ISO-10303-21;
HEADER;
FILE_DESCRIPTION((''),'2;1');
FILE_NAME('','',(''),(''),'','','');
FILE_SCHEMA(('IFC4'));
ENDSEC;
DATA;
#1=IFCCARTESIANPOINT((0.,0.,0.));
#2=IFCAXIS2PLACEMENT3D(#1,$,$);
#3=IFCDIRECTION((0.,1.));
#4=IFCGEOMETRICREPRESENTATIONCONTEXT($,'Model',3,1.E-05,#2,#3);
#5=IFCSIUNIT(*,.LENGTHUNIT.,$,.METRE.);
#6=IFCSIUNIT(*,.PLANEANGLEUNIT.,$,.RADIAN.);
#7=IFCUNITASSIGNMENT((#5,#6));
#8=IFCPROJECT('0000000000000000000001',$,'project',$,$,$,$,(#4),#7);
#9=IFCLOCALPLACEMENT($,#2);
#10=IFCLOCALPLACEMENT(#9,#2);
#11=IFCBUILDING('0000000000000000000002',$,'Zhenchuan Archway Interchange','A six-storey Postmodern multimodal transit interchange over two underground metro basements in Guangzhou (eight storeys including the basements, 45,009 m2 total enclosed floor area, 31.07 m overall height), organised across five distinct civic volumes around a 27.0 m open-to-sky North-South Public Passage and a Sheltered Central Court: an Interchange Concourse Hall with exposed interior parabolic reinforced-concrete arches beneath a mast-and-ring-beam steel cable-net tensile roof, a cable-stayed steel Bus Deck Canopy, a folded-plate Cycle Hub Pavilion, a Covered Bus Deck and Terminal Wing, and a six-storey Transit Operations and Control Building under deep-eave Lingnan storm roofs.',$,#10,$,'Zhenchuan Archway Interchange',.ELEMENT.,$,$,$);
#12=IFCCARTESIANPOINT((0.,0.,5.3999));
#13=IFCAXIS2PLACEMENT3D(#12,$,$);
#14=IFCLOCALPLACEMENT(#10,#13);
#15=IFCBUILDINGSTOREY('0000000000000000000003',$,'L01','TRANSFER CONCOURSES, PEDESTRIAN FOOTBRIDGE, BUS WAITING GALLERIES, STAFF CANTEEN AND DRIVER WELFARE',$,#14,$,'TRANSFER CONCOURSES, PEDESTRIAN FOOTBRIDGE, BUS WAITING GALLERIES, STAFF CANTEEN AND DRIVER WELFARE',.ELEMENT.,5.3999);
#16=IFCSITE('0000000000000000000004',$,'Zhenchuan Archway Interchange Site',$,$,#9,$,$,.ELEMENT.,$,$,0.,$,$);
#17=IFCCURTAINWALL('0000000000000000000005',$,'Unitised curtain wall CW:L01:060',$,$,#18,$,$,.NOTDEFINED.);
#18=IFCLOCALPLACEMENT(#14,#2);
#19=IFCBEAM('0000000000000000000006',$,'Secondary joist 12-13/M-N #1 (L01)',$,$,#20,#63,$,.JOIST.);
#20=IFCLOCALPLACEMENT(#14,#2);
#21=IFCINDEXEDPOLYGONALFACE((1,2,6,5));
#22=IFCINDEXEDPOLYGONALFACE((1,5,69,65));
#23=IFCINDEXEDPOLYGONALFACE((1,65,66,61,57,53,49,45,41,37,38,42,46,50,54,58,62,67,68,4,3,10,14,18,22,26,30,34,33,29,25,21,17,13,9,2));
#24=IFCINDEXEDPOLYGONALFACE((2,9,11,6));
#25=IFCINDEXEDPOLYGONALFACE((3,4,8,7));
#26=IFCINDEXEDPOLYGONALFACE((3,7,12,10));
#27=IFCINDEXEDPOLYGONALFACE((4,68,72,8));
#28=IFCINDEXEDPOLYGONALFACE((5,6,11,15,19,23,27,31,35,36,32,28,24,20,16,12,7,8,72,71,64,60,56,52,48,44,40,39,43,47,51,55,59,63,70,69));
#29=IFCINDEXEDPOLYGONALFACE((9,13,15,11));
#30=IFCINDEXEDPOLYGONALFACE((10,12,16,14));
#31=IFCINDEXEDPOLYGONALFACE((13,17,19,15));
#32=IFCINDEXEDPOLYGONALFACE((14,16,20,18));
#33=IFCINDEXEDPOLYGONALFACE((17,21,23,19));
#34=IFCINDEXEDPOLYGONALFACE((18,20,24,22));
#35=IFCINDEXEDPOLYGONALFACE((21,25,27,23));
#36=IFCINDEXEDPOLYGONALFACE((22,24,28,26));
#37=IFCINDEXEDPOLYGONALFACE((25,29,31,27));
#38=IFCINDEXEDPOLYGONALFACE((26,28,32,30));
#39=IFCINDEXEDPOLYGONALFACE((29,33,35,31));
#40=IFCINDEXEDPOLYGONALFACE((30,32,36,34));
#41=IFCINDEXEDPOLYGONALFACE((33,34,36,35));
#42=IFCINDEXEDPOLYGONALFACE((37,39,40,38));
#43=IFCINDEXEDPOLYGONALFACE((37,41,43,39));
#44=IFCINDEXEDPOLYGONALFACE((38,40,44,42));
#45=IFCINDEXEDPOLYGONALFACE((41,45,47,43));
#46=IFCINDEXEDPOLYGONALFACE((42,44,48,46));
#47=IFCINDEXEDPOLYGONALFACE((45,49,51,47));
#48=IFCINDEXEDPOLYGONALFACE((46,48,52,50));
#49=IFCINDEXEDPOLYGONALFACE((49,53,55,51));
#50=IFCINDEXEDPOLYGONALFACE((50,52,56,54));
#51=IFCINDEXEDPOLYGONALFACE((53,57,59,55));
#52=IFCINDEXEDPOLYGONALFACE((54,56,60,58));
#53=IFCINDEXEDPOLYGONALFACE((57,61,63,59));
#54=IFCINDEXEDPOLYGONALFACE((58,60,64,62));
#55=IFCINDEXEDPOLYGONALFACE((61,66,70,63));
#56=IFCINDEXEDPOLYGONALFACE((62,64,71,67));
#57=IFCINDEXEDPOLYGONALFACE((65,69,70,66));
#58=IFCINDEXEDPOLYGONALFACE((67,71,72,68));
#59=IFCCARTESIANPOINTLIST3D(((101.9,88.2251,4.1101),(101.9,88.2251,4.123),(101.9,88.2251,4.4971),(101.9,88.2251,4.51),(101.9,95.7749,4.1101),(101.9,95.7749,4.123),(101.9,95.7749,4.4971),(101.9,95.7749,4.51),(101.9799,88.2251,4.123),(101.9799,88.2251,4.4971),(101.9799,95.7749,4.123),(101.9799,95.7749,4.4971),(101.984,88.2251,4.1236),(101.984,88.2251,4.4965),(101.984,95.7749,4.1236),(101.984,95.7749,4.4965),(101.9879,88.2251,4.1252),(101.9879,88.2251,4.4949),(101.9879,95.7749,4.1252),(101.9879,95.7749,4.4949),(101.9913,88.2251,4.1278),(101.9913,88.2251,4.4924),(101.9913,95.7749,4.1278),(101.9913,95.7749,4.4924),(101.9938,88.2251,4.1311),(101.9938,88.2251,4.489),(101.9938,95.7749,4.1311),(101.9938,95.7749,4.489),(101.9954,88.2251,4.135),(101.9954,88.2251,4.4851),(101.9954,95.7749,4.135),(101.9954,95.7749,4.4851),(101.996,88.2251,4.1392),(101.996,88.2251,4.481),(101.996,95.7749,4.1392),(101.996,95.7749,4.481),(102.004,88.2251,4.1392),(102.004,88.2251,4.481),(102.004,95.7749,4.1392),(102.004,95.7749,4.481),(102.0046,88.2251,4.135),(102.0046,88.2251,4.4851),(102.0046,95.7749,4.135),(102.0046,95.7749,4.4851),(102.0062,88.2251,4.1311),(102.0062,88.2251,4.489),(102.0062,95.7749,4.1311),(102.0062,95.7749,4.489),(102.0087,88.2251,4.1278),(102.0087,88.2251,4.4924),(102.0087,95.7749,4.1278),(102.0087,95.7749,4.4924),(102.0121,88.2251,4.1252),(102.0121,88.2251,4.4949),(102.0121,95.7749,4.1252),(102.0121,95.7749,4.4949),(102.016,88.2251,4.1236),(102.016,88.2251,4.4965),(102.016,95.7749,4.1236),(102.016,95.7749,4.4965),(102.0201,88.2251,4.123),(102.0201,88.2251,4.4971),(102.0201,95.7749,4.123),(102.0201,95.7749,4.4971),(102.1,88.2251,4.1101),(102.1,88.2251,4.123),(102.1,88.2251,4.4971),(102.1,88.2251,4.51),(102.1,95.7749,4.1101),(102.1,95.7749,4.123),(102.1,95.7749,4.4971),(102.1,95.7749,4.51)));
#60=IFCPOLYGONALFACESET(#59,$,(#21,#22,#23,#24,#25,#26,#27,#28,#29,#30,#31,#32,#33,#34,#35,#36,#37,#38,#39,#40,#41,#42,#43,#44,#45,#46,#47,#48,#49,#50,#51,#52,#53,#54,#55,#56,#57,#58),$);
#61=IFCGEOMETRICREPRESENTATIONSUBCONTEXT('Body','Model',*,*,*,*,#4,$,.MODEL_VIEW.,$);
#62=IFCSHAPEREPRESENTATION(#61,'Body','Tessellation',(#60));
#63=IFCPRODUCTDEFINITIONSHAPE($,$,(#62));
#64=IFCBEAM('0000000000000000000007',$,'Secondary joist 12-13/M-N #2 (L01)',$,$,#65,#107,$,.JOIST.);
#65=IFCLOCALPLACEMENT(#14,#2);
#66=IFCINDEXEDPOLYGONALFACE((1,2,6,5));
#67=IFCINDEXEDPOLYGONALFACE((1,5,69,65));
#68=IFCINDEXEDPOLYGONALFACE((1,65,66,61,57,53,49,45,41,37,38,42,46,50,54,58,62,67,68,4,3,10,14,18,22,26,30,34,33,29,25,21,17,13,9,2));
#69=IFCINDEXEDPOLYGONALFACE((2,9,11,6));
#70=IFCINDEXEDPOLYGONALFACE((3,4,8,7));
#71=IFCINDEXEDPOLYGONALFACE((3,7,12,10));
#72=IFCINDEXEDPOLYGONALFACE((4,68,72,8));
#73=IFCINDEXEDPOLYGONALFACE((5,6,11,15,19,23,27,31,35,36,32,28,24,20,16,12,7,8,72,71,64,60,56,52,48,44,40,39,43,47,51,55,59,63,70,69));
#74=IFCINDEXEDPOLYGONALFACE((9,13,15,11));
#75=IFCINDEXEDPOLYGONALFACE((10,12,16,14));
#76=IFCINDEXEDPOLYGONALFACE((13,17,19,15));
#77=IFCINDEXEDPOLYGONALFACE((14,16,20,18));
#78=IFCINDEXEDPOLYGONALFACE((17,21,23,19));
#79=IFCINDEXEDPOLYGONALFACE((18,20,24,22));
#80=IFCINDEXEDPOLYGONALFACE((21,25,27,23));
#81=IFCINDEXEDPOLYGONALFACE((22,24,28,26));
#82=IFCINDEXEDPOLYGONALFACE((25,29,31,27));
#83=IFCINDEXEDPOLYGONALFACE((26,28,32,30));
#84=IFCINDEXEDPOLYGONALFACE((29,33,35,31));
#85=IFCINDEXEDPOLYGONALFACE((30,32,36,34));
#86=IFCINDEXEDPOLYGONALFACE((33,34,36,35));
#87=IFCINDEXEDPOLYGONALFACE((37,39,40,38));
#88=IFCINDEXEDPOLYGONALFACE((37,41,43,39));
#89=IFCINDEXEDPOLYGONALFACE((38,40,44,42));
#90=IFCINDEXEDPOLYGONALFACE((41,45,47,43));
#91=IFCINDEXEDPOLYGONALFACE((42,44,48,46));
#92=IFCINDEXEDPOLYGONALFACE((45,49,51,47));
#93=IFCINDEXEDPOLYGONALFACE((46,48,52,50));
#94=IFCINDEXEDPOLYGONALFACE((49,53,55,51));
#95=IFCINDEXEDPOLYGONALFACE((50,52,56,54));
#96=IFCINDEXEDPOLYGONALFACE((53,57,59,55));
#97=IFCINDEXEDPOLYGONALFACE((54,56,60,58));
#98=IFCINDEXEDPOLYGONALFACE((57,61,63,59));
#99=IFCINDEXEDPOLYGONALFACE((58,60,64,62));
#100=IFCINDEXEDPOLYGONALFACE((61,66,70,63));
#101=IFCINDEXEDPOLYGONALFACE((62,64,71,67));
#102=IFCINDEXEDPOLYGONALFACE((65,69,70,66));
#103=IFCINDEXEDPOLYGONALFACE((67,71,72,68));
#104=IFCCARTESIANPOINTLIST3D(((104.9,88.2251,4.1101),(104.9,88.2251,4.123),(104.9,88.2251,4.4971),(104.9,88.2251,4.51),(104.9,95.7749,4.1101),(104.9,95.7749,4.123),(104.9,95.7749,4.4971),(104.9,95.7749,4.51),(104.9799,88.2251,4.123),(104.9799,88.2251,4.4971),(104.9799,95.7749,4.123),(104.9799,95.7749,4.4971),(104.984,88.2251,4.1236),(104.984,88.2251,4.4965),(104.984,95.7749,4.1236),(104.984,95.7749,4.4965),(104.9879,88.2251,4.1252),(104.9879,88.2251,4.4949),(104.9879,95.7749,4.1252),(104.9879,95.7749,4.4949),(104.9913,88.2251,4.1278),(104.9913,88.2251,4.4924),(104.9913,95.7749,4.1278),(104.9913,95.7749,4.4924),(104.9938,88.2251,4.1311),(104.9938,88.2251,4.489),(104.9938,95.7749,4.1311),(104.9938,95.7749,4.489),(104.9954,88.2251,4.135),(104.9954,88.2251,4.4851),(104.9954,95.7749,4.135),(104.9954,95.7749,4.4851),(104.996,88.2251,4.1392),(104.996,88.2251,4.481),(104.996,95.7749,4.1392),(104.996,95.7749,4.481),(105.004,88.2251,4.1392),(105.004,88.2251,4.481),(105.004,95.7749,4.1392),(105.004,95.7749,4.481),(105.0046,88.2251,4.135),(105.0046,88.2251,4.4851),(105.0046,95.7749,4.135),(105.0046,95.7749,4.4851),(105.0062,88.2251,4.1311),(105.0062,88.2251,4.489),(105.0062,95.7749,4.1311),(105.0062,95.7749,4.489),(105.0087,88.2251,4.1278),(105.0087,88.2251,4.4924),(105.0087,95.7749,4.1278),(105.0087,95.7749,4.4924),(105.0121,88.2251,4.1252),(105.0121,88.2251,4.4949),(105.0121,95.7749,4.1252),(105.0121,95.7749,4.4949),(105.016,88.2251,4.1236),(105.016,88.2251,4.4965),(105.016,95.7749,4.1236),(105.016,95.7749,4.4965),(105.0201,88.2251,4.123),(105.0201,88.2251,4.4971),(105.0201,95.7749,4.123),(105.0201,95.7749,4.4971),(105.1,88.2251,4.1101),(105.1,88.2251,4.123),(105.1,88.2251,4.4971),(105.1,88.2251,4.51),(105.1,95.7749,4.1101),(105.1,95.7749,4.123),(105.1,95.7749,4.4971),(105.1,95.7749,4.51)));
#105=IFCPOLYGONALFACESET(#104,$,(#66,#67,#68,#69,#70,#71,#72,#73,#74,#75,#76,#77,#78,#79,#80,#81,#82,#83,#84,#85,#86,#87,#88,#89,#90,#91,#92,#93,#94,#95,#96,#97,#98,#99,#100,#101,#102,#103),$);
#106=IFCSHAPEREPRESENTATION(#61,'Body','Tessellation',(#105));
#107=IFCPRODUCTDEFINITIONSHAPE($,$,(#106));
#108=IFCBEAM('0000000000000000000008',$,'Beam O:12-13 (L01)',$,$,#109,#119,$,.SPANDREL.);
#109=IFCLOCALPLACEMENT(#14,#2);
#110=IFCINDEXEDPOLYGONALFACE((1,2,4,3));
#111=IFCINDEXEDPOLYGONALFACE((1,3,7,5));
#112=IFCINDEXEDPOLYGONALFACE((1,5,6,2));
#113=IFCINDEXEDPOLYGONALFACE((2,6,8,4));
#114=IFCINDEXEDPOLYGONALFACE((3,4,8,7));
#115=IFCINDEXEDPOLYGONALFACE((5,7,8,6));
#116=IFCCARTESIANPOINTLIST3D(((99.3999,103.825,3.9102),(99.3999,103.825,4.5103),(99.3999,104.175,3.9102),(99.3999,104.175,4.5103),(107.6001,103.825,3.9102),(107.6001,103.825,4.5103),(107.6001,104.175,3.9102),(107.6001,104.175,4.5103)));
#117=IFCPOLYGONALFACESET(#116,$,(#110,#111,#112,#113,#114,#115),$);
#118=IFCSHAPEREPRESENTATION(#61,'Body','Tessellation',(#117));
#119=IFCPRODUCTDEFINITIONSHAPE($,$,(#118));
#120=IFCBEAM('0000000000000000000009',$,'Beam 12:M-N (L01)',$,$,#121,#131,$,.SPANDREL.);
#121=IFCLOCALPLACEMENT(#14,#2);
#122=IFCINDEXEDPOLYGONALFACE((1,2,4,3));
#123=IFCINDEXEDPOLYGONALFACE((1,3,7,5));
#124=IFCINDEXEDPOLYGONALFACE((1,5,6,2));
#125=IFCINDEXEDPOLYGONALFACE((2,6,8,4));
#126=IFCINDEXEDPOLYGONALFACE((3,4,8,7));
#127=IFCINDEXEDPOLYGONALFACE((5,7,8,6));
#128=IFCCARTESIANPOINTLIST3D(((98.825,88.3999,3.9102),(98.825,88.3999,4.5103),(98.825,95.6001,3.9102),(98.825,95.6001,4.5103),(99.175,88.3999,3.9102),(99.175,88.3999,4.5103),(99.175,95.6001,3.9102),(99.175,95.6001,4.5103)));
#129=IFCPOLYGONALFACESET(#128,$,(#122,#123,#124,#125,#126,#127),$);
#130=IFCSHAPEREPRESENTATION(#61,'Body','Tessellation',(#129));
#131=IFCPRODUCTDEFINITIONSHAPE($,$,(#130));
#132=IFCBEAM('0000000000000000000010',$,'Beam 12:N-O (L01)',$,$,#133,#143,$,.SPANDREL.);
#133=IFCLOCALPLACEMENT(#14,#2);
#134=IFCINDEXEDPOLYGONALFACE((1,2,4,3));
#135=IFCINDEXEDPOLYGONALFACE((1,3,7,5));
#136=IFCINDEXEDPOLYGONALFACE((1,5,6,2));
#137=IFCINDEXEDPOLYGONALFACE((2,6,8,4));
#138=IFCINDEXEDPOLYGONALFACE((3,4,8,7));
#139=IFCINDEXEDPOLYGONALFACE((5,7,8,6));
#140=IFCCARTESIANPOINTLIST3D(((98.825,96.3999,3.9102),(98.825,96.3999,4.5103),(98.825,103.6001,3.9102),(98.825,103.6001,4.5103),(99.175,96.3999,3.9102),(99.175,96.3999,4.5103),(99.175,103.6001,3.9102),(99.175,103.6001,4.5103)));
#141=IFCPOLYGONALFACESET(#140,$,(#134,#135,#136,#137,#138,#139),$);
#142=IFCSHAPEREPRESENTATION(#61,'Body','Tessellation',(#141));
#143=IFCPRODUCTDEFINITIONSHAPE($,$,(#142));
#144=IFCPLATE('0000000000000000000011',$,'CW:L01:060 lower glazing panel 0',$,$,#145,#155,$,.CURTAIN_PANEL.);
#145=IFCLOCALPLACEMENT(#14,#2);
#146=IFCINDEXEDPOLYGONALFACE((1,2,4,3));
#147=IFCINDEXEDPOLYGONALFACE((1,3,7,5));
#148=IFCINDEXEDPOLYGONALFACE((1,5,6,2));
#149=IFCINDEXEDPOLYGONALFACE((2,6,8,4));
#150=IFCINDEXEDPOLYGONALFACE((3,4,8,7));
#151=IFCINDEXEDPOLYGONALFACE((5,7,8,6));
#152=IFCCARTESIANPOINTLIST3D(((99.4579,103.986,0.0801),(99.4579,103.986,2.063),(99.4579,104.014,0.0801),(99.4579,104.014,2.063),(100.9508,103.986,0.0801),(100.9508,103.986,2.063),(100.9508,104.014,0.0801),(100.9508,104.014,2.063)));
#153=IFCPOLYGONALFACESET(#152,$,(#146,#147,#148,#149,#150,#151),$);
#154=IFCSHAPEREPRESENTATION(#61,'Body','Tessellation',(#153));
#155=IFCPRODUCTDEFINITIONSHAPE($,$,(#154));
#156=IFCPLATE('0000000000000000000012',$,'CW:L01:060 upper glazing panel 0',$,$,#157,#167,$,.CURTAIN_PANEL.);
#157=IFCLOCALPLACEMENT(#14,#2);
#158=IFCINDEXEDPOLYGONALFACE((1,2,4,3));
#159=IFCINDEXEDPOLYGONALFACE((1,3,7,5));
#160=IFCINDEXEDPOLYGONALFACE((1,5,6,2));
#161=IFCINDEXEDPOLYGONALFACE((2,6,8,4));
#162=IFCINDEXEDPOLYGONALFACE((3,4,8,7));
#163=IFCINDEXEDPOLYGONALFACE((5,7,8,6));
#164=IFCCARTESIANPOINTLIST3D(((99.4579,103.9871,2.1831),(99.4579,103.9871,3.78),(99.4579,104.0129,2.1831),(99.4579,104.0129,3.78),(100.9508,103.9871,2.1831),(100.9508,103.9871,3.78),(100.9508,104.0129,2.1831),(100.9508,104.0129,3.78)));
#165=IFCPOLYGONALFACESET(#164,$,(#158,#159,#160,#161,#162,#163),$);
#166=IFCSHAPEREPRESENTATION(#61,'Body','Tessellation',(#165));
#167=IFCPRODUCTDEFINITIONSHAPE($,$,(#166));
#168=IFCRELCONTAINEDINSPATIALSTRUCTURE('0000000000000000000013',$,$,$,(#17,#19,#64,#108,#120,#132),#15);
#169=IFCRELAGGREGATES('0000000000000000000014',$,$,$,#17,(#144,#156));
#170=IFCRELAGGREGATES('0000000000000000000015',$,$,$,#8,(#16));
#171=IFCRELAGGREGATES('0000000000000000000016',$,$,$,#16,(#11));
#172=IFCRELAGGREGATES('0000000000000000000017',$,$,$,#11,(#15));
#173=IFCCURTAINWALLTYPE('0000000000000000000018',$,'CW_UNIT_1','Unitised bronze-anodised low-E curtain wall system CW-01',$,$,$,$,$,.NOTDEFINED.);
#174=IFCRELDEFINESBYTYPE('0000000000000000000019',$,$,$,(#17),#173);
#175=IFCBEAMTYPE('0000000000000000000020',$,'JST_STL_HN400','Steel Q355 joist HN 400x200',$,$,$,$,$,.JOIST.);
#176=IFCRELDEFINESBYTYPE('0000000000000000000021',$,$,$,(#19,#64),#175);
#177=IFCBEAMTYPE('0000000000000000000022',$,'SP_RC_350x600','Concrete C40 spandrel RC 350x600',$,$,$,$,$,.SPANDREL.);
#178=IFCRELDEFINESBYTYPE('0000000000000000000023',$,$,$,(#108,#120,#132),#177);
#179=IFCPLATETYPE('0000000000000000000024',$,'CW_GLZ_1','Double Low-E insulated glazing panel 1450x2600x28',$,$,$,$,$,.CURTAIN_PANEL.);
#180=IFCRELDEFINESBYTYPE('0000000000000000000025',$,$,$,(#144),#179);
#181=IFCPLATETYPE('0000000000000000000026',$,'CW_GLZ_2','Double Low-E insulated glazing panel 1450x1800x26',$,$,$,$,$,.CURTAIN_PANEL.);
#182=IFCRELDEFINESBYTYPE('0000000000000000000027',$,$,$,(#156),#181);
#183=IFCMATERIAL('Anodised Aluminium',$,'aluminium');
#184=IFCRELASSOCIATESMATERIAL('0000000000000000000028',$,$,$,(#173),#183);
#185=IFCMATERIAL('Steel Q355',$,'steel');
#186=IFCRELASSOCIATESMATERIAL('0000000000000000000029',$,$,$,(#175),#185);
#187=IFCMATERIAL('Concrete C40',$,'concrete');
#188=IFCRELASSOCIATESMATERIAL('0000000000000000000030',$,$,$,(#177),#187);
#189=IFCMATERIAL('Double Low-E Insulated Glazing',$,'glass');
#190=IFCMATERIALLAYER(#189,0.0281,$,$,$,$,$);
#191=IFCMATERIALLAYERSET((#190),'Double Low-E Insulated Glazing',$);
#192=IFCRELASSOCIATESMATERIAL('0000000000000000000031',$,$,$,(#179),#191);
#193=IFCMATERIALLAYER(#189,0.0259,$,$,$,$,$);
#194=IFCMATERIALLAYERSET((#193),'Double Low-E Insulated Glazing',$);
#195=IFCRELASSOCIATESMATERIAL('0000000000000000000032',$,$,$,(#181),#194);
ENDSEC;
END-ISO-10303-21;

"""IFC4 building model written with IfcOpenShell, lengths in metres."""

from ifc_helpers import new_model, si_unit, direction, frame, origin, origin_2d, place, context, subcontext, project, spatial, rectangle, i_section, extrude, material, layer, layer_set, material_profile, profile_set, type_object, element, aggregate, save


model = new_model("IFC4")

# Units and contexts
model_context = context("Model", 3, precision=1e-05, world=origin(), true_north=direction((0.0, 1.0)))
body_context = subcontext(model_context, "Body", "Model", "MODEL_VIEW")
ifc_project = project(units=[si_unit("LENGTHUNIT", "METRE"), si_unit("PLANEANGLEUNIT", "RADIAN")], contexts=[model_context])

# Site, building, storey
site_placement = place(None, origin())
site = spatial("IfcSite", under=ifc_project, at=site_placement, Name="Zhenchuan Archway Interchange Site", CompositionType="ELEMENT", RefElevation=0.0)
building_placement = place(site_placement, origin())
building = spatial("IfcBuilding", under=site, at=building_placement, Name="Zhenchuan Archway Interchange", Description="A six-storey Postmodern multimodal transit interchange over two underground metro basements in Guangzhou (eight storeys including the basements, 45,009 m2 total enclosed floor area, 31.07 m overall height), organised across five distinct civic volumes around a 27.0 m open-to-sky North-South Public Passage and a Sheltered Central Court: an Interchange Concourse Hall with exposed interior parabolic reinforced-concrete arches beneath a mast-and-ring-beam steel cable-net tensile roof, a cable-stayed steel Bus Deck Canopy, a folded-plate Cycle Hub Pavilion, a Covered Bus Deck and Terminal Wing, and a six-storey Transit Operations and Control Building under deep-eave Lingnan storm roofs.", LongName="Zhenchuan Archway Interchange", CompositionType="ELEMENT")
storey_placement = place(building_placement, frame((0.0, 0.0, 5.3999)))
storey = spatial("IfcBuildingStorey", under=building, at=storey_placement, Name="L01", Description="TRANSFER CONCOURSES, PEDESTRIAN FOOTBRIDGE, BUS WAITING GALLERIES, STAFF CANTEEN AND DRIVER WELFARE", LongName="TRANSFER CONCOURSES, PEDESTRIAN FOOTBRIDGE, BUS WAITING GALLERIES, STAFF CANTEEN AND DRIVER WELFARE", CompositionType="ELEMENT", Elevation=5.3999)

# Shared definitions
ifc_material_1 = material(Name="Concrete C40", Category="concrete")

# Curtain wall
ifc_material_2 = material(Name="Anodised Aluminium", Category="aluminium")
curtain_wall_type = type_object("IfcCurtainWallType", Name="CW_UNIT_1", Description="Unitised bronze-anodised low-E curtain wall system CW-01", PredefinedType="NOTDEFINED", material=ifc_material_2)
curtain_wall_placement = place(storey_placement, origin())
curtain_wall = element("IfcCurtainWall", 1, at=curtain_wall_placement, inside=storey, type_object=curtain_wall_type, Name="Unitised curtain wall CW:L01:060", PredefinedType="NOTDEFINED")

# Beams
ifc_material_3 = material(Name="Steel Q355", Category="steel")
ifc_material_profile_1 = material_profile(ifc_material_3, i_section(OverallWidth=0.2, OverallDepth=0.3999, WebThickness=0.0081, FlangeThickness=0.0129, FilletRadius=0.0161, at=origin_2d()), Name="HN 400x200")
ifc_profile_set_1 = profile_set([ifc_material_profile_1], Name="Steel Q355")
beam_type_1 = type_object("IfcBeamType", Name="JST_STL_HN400", Description="Steel Q355 joist HN 400x200", PredefinedType="JOIST", material=ifc_profile_set_1)
for number, where, z_axis, x_axis, name in (
    (2, (102.0, 88.2251, 4.3101), (0.0, 1.0, 0.0), (-1.0, 0.0, 0.0), "Secondary joist 12-13/M-N #1 (L01)"),
    (3, (105.0, 88.2251, 4.3101), (0.0, 1.0, 0.0), (-1.0, 0.0, 0.0), "Secondary joist 12-13/M-N #2 (L01)"),
):
    element("IfcBeam", number, at=place(storey_placement, frame(where, z_axis=z_axis, x_axis=x_axis)), inside=storey, type_object=beam_type_1, Name=name, PredefinedType="JOIST", context=body_context, shape_type="SweptSolid", body=[
        extrude(i_section(OverallWidth=0.2, OverallDepth=0.3999, WebThickness=0.0081, FlangeThickness=0.0129, FilletRadius=0.0161, at=origin_2d()), origin(), (0.0, 0.0, 1.0), 7.5498),
    ])
ifc_material_profile_2 = material_profile(ifc_material_1, rectangle(XDim=0.3501, YDim=0.6001, at=origin_2d()), Name="RC 350x600")
ifc_profile_set_2 = profile_set([ifc_material_profile_2], Name="Concrete C40")
beam_type_2 = type_object("IfcBeamType", Name="SP_RC_350x600", Description="Concrete C40 spandrel RC 350x600", PredefinedType="SPANDREL", material=ifc_profile_set_2)
beam_1_placement = place(storey_placement, frame((99.3999, 104.0, 4.2102), z_axis=(1.0, 0.0, 0.0), x_axis=(0.0, 1.0, 0.0)))
element("IfcBeam", 4, at=beam_1_placement, inside=storey, type_object=beam_type_2, Name="Beam O:12-13 (L01)", PredefinedType="SPANDREL", context=body_context, shape_type="SweptSolid", body=[
    extrude(rectangle(XDim=0.3501, YDim=0.6001, at=origin_2d()), origin(), (0.0, 0.0, 1.0), 8.2002),
])
for number, where, z_axis, x_axis, name in (
    (5, (99.0, 88.3999, 4.2102), (0.0, 1.0, 0.0), (-1.0, 0.0, 0.0), "Beam 12:M-N (L01)"),
    (6, (99.0, 96.3999, 4.2102), (0.0, 1.0, 0.0), (-1.0, 0.0, 0.0), "Beam 12:N-O (L01)"),
):
    element("IfcBeam", number, at=place(storey_placement, frame(where, z_axis=z_axis, x_axis=x_axis)), inside=storey, type_object=beam_type_2, Name=name, PredefinedType="SPANDREL", context=body_context, shape_type="SweptSolid", body=[
        extrude(rectangle(XDim=0.3501, YDim=0.6001, at=origin_2d()), origin(), (0.0, 0.0, 1.0), 7.2002),
    ])

# Plates
ifc_material_4 = material(Name="Double Low-E Insulated Glazing", Category="glass")
ifc_layer_1 = layer(ifc_material_4, 0.0281)
ifc_layer_set_1 = layer_set([ifc_layer_1], Name="Double Low-E Insulated Glazing")
plate_type_1 = type_object("IfcPlateType", Name="CW_GLZ_1", Description="Double Low-E insulated glazing panel 1450x2600x28", PredefinedType="CURTAIN_PANEL", material=ifc_layer_set_1)
plate_1_placement = place(storey_placement, frame((100.2043, 104.0, 0.0801), z_axis=(0.0, 0.0, 1.0), x_axis=(1.0, 0.0, 0.0)))
plate_1 = element("IfcPlate", 7, at=plate_1_placement, type_object=plate_type_1, Name="CW:L01:060 lower glazing panel 0", PredefinedType="CURTAIN_PANEL", context=body_context, shape_type="SweptSolid", body=[
    extrude(rectangle(XDim=1.4929, YDim=0.0281, at=origin_2d()), origin(), (0.0, 0.0, 1.0), 1.9829),
])
ifc_layer_2 = layer(ifc_material_4, 0.0259)
ifc_layer_set_2 = layer_set([ifc_layer_2], Name="Double Low-E Insulated Glazing")
plate_type_2 = type_object("IfcPlateType", Name="CW_GLZ_2", Description="Double Low-E insulated glazing panel 1450x1800x26", PredefinedType="CURTAIN_PANEL", material=ifc_layer_set_2)
plate_2_placement = place(storey_placement, frame((100.2043, 104.0, 2.1831), z_axis=(0.0, 0.0, 1.0), x_axis=(1.0, 0.0, 0.0)))
plate_2 = element("IfcPlate", 8, at=plate_2_placement, type_object=plate_type_2, Name="CW:L01:060 upper glazing panel 0", PredefinedType="CURTAIN_PANEL", context=body_context, shape_type="SweptSolid", body=[
    extrude(rectangle(XDim=1.4929, YDim=0.0259, at=origin_2d()), origin(), (0.0, 0.0, 1.0), 1.5969),
])
aggregate(curtain_wall, [plate_1, plate_2])

save(model, "model.ifc")
